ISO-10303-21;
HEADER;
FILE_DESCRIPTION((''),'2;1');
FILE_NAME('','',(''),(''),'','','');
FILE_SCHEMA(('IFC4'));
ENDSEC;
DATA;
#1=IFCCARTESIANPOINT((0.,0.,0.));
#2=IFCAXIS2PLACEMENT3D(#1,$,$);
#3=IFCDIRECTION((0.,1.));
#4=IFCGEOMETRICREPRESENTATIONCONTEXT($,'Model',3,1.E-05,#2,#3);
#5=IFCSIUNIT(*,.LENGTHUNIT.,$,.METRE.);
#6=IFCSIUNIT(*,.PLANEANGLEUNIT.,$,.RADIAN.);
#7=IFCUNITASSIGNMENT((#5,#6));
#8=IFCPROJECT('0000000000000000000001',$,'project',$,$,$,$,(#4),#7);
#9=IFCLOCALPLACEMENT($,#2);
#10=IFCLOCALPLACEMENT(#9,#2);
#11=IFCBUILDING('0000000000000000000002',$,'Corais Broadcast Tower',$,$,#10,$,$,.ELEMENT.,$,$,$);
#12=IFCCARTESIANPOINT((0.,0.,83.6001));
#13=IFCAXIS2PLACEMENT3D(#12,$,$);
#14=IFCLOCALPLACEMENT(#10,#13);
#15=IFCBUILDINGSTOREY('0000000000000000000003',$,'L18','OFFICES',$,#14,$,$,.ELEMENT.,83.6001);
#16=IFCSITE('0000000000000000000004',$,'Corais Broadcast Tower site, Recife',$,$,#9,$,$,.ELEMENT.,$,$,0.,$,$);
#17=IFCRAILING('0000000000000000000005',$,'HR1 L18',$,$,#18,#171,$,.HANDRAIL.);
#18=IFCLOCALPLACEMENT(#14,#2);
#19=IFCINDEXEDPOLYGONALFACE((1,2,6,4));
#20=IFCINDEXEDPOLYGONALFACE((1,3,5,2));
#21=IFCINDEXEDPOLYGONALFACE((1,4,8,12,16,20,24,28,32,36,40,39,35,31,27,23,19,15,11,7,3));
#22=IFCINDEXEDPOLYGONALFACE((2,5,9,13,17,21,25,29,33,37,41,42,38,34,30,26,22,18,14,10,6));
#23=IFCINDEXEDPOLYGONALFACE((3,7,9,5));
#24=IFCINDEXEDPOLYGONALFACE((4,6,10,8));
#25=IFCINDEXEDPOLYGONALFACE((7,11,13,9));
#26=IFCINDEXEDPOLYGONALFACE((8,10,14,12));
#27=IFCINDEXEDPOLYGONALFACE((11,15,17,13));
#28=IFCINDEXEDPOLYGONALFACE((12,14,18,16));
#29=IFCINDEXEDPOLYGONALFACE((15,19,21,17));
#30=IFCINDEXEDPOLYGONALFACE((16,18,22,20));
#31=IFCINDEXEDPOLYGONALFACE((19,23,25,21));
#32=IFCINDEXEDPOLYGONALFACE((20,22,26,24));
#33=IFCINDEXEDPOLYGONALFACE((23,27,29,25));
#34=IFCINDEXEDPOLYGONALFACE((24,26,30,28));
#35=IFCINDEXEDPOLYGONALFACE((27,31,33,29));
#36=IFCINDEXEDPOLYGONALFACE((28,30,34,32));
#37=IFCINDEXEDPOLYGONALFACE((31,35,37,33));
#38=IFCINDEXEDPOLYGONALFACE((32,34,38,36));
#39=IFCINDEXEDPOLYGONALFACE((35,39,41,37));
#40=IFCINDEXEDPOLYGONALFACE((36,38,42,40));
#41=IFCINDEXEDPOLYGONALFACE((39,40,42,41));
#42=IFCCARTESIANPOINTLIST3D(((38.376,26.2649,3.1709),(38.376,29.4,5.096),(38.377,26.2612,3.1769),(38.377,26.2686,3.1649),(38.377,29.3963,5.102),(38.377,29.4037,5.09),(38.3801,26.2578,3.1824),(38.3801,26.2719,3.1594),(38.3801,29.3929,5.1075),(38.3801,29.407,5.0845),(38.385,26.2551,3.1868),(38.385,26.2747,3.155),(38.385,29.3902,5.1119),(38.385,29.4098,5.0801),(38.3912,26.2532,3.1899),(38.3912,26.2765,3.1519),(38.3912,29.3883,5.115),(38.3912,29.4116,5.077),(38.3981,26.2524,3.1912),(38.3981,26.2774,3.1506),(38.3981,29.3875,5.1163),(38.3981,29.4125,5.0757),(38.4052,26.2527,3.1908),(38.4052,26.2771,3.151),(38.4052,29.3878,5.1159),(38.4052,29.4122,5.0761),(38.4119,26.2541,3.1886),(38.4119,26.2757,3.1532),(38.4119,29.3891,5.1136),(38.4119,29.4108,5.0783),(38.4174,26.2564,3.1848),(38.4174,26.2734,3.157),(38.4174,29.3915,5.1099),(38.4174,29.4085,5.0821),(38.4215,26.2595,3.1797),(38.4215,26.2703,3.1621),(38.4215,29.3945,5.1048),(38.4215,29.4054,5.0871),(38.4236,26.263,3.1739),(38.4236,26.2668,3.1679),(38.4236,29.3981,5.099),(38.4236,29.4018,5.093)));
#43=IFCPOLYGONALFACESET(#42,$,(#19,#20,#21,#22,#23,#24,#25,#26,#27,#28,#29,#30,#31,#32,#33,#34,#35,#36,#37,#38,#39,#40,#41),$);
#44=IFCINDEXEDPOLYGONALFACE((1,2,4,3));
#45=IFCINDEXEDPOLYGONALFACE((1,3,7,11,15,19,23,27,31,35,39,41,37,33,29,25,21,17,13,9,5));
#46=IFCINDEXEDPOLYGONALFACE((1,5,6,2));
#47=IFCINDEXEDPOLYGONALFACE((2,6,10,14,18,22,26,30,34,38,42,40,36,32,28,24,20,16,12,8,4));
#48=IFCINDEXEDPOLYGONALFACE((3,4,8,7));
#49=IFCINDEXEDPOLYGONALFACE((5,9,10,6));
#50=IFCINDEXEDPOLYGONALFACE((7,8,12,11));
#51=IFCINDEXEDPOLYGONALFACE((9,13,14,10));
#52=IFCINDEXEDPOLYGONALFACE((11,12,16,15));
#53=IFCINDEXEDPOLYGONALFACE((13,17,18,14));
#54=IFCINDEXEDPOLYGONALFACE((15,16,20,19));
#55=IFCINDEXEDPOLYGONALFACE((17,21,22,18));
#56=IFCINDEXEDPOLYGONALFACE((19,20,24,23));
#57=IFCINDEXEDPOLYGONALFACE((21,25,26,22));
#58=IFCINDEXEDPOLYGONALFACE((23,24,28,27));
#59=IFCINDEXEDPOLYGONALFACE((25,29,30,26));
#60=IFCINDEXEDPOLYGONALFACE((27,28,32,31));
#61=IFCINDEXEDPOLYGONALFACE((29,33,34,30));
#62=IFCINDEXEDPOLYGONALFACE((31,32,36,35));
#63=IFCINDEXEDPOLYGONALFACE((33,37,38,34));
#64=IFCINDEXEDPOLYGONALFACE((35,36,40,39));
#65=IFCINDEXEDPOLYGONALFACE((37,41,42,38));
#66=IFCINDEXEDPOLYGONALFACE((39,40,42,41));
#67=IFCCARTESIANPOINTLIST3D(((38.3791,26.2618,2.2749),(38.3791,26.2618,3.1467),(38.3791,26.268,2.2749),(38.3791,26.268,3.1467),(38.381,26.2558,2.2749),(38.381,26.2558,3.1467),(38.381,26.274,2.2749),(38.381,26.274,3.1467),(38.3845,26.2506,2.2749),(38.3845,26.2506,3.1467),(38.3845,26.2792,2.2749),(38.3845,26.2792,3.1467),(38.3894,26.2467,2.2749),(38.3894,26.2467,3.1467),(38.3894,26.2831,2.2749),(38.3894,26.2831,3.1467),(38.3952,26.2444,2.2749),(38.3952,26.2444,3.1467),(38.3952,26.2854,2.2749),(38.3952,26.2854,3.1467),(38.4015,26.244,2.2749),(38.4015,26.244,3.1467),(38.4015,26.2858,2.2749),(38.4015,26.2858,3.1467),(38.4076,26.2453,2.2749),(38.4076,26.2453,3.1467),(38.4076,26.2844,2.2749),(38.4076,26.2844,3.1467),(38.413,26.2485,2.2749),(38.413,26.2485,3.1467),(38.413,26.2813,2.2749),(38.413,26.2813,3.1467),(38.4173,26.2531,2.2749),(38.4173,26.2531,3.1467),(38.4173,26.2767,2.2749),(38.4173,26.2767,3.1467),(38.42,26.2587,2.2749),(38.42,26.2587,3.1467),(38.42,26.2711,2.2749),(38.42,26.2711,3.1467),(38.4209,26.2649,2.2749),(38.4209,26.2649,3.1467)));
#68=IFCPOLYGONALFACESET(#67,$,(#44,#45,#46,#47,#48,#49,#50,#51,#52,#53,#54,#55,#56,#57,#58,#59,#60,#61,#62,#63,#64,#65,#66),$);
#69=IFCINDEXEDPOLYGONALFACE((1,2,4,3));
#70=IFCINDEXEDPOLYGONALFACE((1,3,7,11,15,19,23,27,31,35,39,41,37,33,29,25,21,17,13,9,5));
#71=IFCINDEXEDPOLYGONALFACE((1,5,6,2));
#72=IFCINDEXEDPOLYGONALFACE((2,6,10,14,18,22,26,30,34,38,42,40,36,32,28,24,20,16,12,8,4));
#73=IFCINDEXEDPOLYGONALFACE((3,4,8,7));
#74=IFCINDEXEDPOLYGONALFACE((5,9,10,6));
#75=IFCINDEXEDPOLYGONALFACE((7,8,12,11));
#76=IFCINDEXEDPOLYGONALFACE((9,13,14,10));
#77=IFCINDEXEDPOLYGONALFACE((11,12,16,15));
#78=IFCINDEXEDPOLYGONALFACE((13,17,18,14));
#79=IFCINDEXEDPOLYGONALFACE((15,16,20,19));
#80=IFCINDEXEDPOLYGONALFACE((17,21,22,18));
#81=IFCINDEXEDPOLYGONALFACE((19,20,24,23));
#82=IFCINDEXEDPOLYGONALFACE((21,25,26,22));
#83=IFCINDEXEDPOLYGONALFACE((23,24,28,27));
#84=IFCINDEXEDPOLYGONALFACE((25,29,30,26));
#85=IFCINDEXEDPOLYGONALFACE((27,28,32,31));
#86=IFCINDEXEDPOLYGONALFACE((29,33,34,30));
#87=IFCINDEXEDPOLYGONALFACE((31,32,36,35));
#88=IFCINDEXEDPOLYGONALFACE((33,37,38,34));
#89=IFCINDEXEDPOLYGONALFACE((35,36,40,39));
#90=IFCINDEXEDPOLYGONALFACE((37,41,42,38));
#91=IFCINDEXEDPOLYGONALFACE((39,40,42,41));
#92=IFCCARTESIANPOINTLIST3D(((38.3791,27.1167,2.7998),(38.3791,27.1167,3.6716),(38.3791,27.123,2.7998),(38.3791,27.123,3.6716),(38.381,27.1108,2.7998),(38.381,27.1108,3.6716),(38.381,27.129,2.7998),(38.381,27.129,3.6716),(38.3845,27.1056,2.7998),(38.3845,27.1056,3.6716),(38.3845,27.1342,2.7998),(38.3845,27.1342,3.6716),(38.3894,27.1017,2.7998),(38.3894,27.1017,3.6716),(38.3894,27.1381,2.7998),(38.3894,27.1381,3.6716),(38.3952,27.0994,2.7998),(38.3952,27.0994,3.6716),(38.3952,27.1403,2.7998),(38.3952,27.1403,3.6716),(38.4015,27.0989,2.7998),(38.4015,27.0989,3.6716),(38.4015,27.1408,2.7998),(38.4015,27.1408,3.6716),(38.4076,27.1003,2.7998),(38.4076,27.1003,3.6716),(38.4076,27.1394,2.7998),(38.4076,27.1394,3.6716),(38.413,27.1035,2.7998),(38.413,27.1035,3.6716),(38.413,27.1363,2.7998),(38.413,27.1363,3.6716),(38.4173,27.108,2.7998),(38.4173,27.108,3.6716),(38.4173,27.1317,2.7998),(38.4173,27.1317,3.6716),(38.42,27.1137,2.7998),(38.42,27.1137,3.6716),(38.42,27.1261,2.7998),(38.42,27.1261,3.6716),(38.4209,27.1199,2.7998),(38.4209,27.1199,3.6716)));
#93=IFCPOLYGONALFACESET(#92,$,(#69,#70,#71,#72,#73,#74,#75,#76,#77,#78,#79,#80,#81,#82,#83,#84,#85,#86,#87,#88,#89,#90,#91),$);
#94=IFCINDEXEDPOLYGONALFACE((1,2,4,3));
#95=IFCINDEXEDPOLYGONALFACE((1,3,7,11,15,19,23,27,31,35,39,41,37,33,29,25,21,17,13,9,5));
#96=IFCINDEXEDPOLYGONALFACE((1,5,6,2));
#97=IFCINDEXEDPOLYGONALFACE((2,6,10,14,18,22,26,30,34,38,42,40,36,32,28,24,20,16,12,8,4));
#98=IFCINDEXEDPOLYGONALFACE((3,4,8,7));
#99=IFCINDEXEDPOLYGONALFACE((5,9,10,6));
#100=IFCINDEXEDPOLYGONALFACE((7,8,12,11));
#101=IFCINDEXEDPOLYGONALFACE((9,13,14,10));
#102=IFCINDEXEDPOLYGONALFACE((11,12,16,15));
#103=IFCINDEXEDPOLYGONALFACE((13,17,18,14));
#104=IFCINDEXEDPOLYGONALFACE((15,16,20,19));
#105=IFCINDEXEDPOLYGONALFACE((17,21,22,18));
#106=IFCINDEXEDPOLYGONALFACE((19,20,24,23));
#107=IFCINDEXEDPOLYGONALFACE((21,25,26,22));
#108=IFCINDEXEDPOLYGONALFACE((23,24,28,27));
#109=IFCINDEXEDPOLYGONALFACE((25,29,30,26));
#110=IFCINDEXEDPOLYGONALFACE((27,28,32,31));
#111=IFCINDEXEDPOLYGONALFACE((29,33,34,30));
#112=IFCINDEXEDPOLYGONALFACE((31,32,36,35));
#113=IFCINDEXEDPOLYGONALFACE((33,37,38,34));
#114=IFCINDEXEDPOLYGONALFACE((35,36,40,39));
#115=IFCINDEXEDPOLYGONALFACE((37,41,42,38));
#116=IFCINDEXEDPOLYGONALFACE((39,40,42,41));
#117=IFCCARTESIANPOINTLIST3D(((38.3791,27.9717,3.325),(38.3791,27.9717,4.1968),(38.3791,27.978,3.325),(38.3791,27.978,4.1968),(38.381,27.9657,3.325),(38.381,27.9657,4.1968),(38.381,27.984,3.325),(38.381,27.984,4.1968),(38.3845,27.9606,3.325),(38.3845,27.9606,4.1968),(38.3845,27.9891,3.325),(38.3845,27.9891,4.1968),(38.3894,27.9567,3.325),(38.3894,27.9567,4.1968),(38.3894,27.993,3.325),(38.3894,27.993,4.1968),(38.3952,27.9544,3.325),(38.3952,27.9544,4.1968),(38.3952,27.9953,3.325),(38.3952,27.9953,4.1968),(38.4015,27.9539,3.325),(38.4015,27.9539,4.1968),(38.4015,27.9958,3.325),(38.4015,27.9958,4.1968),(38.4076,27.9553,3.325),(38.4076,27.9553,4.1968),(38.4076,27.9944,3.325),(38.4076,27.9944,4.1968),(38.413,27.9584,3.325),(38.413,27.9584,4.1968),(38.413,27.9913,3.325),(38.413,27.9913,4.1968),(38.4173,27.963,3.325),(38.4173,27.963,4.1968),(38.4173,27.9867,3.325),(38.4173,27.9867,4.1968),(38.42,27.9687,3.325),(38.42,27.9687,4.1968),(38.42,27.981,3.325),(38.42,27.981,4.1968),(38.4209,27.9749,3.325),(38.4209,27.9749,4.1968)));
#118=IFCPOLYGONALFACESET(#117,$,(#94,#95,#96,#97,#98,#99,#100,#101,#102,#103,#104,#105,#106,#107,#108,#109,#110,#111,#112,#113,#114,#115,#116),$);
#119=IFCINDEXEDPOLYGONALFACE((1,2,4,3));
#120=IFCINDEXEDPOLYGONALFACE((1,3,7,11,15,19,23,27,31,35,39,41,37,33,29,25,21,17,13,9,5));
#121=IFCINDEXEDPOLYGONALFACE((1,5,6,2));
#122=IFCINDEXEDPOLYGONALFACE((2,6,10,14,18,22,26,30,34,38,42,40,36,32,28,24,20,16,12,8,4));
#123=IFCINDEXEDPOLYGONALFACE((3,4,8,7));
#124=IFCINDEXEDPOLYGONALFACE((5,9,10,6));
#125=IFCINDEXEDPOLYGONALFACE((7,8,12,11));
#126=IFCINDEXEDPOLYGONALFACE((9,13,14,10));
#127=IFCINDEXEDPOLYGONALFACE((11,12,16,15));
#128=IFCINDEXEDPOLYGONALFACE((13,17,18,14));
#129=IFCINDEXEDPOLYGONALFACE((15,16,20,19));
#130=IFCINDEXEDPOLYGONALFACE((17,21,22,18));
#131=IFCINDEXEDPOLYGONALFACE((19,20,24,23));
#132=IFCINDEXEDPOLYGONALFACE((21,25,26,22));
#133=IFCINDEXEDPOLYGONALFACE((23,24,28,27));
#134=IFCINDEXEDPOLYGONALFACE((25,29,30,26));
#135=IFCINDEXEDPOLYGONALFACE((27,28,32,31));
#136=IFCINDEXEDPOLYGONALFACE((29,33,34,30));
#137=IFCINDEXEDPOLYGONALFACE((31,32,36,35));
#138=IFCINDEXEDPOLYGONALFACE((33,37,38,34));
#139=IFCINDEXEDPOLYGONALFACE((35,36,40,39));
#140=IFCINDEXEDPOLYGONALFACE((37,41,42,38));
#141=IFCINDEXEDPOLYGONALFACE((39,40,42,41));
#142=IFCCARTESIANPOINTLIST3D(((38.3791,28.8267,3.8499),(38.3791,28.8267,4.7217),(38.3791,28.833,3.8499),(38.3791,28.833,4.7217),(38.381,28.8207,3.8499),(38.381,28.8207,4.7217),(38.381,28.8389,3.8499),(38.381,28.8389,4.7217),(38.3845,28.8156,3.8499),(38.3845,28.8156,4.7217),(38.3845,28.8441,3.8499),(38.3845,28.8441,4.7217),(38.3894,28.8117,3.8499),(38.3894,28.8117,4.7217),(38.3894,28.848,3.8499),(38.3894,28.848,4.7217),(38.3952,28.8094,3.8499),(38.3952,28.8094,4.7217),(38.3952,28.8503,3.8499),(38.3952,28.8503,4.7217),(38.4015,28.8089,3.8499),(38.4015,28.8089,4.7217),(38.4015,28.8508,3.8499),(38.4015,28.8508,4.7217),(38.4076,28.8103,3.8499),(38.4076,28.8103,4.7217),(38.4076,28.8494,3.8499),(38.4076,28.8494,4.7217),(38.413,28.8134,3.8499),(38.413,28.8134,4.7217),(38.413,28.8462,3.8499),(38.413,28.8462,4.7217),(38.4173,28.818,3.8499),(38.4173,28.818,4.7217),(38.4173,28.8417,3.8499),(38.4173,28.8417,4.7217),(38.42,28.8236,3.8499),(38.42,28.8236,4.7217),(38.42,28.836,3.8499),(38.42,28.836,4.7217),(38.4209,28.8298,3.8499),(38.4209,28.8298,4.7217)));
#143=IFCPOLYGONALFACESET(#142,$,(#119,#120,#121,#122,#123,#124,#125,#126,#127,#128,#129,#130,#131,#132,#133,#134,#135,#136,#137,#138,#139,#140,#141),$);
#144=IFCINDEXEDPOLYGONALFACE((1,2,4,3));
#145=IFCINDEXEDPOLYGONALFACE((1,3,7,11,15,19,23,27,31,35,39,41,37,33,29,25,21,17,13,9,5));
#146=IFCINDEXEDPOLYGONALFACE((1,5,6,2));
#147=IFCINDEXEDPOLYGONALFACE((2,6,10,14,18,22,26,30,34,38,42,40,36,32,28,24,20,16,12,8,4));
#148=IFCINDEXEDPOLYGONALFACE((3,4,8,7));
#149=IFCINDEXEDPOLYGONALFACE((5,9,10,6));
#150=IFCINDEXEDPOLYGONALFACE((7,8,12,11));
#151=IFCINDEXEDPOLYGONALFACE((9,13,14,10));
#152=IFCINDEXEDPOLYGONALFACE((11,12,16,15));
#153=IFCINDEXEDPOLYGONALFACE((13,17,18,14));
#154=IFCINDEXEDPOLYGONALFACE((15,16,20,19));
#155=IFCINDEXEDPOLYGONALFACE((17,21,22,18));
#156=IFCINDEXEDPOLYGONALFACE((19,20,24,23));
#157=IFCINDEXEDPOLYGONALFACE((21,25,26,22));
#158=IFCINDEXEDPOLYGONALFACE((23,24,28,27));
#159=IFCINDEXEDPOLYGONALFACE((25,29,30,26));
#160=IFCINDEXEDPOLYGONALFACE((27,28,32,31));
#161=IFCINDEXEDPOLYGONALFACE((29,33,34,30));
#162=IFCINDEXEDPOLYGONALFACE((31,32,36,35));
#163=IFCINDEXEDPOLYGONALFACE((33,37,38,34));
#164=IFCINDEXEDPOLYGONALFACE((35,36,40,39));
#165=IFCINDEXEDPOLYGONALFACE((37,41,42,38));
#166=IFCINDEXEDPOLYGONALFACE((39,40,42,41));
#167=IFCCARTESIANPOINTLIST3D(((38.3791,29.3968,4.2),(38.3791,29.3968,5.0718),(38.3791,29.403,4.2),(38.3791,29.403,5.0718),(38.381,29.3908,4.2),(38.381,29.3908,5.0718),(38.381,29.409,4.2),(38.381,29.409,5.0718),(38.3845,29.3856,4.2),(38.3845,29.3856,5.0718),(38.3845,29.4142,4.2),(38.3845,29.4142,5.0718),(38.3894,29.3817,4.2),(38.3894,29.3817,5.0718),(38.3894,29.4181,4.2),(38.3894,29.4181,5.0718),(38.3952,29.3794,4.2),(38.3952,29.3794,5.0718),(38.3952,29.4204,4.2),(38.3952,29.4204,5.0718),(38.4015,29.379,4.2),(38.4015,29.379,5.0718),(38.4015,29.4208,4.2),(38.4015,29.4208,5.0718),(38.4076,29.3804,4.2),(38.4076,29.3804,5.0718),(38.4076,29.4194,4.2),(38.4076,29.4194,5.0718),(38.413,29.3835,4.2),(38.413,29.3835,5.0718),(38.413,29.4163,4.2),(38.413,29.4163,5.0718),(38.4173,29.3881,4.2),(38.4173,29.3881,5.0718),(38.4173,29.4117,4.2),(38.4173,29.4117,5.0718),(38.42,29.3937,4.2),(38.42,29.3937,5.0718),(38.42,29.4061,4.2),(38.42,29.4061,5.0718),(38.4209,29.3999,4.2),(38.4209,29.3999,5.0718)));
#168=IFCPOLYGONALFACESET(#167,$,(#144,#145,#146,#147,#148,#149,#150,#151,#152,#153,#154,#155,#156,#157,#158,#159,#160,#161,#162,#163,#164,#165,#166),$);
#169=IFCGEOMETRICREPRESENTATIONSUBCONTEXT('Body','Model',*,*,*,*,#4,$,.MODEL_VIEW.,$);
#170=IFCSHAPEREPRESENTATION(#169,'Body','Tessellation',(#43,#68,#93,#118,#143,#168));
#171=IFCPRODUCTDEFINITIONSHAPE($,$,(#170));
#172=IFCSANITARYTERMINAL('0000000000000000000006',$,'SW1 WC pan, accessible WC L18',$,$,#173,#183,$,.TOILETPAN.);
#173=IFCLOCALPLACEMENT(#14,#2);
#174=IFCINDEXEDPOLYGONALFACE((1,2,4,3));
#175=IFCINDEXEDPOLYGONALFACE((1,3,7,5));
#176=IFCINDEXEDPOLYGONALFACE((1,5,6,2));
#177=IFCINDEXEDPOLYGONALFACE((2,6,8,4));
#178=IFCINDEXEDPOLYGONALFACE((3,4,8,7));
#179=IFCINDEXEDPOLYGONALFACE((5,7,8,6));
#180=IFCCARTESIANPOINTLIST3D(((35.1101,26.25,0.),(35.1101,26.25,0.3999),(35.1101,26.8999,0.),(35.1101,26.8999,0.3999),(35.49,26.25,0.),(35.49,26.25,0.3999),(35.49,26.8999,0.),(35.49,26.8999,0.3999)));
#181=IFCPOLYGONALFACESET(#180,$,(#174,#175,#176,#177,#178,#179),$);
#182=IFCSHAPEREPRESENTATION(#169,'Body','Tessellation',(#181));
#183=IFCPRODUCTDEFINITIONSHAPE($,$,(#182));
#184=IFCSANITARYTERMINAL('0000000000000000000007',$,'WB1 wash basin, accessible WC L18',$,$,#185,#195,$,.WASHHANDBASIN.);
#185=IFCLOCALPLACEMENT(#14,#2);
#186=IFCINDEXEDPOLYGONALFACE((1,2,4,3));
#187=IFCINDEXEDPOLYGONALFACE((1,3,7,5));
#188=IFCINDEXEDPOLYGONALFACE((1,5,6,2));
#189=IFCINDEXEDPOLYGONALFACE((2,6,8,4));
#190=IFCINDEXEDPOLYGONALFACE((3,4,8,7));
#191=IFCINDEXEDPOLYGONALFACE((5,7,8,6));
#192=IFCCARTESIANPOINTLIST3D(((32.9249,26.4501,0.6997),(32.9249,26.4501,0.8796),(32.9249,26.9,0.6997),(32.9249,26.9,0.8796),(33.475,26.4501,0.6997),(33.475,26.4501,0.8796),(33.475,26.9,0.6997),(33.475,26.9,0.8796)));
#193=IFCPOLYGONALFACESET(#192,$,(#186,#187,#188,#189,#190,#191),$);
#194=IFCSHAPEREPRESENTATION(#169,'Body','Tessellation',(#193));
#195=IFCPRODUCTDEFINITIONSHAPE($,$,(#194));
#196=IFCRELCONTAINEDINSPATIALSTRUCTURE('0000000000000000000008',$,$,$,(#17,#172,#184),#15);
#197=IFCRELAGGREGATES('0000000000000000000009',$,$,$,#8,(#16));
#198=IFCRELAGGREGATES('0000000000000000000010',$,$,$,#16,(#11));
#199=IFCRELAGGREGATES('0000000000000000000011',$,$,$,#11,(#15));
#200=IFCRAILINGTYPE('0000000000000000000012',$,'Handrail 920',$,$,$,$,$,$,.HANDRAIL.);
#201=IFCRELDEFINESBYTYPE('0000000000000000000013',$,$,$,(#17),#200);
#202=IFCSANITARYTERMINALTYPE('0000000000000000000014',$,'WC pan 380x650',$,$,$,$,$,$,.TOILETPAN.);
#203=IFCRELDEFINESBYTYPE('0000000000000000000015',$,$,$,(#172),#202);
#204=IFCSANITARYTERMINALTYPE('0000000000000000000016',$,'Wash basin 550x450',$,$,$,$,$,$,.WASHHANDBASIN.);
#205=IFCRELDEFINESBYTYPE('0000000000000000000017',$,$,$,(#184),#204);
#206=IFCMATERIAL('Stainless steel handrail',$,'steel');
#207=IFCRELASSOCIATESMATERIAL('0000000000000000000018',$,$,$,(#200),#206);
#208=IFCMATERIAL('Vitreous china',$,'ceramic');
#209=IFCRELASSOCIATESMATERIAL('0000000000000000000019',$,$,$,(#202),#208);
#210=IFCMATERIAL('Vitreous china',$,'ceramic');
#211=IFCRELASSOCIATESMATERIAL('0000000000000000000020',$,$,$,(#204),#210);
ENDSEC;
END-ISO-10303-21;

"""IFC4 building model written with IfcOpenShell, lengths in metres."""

from ifc_helpers import new_model, si_unit, direction, frame, origin, origin_2d, place, context, subcontext, project, spatial, rectangle, circle, extrude, material, type_object, element, save


model = new_model("IFC4")

# Units and contexts
model_context = context("Model", 3, precision=1e-05, world=origin(), true_north=direction((0.0, 1.0)))
body_context = subcontext(model_context, "Body", "Model", "MODEL_VIEW")
ifc_project = project(units=[si_unit("LENGTHUNIT", "METRE"), si_unit("PLANEANGLEUNIT", "RADIAN")], contexts=[model_context])

# Site, building, storey
site_placement = place(None, origin())
site = spatial("IfcSite", under=ifc_project, at=site_placement, Name="Corais Broadcast Tower site, Recife", CompositionType="ELEMENT", RefElevation=0.0)
building_placement = place(site_placement, origin())
building = spatial("IfcBuilding", under=site, at=building_placement, Name="Corais Broadcast Tower", CompositionType="ELEMENT")
storey_placement = place(building_placement, frame((0.0, 0.0, 83.6001)))
storey = spatial("IfcBuildingStorey", under=building, at=storey_placement, Name="L18", Description="OFFICES", CompositionType="ELEMENT", Elevation=83.6001)

# Railing
ifc_material_1 = material(Name="Stainless steel handrail", Category="steel")
railing_type = type_object("IfcRailingType", Name="Handrail 920", PredefinedType="HANDRAIL", material=ifc_material_1)
for number, where, name in (
    (1, (38.3999, 26.2649, 2.2749), "HR1 L18"),
):
    element("IfcRailing", number, at=place(storey_placement, frame(where)), inside=storey, type_object=railing_type, Name=name, PredefinedType="HANDRAIL", context=body_context, shape_type="SweptSolid", body=[
        extrude(circle(Radius=0.0239, at=origin_2d()), frame((0.0, 0.0, 0.896), z_axis=(0.0, 0.852166, 0.523271), x_axis=(-1.0, 0.0, 0.0)), (0.0, 0.0, 1.0), 3.679),
        extrude(circle(Radius=0.021, at=origin_2d()), origin(), (0.0, 0.0, 1.0), 0.8718),
        extrude(circle(Radius=0.021, at=origin_2d()), frame((0.0, 0.855, 0.5249)), (0.0, 0.0, 1.0), 0.8718),
        extrude(circle(Radius=0.021, at=origin_2d()), frame((0.0, 1.71, 1.05)), (0.0, 0.0, 1.0), 0.8718),
        extrude(circle(Radius=0.021, at=origin_2d()), frame((0.0, 2.5649, 1.575)), (0.0, 0.0, 1.0), 0.8718),
        extrude(circle(Radius=0.021, at=origin_2d()), frame((0.0, 3.135, 1.925)), (0.0, 0.0, 1.0), 0.8718),
    ])

# Sanitary terminals
ifc_material_2 = material(Name="Vitreous china", Category="ceramic")
sanitary_terminal_type_1 = type_object("IfcSanitaryTerminalType", Name="WC pan 380x650", PredefinedType="TOILETPAN", material=ifc_material_2)
sanitary_terminal_1_placement = place(storey_placement, frame((35.3, 26.575, 0.0), z_axis=(0.0, 0.0, 1.0), x_axis=(1.0, 0.0, 0.0)))
element("IfcSanitaryTerminal", 2, at=sanitary_terminal_1_placement, inside=storey, type_object=sanitary_terminal_type_1, Name="SW1 WC pan, accessible WC L18", PredefinedType="TOILETPAN", context=body_context, shape_type="SweptSolid", body=[
    extrude(rectangle(XDim=0.3799, YDim=0.6499, at=origin_2d()), origin(), (0.0, 0.0, 1.0), 0.3999),
])
ifc_material_3 = material(Name="Vitreous china", Category="ceramic")
sanitary_terminal_type_2 = type_object("IfcSanitaryTerminalType", Name="Wash basin 550x450", PredefinedType="WASHHANDBASIN", material=ifc_material_3)
sanitary_terminal_2_placement = place(storey_placement, frame((33.2, 26.675, 0.6997), z_axis=(0.0, 0.0, 1.0), x_axis=(1.0, 0.0, 0.0)))
element("IfcSanitaryTerminal", 3, at=sanitary_terminal_2_placement, inside=storey, type_object=sanitary_terminal_type_2, Name="WB1 wash basin, accessible WC L18", PredefinedType="WASHHANDBASIN", context=body_context, shape_type="SweptSolid", body=[
    extrude(rectangle(XDim=0.55, YDim=0.45, at=origin_2d()), origin(), (0.0, 0.0, 1.0), 0.1799),
])

save(model, "model.ifc")
